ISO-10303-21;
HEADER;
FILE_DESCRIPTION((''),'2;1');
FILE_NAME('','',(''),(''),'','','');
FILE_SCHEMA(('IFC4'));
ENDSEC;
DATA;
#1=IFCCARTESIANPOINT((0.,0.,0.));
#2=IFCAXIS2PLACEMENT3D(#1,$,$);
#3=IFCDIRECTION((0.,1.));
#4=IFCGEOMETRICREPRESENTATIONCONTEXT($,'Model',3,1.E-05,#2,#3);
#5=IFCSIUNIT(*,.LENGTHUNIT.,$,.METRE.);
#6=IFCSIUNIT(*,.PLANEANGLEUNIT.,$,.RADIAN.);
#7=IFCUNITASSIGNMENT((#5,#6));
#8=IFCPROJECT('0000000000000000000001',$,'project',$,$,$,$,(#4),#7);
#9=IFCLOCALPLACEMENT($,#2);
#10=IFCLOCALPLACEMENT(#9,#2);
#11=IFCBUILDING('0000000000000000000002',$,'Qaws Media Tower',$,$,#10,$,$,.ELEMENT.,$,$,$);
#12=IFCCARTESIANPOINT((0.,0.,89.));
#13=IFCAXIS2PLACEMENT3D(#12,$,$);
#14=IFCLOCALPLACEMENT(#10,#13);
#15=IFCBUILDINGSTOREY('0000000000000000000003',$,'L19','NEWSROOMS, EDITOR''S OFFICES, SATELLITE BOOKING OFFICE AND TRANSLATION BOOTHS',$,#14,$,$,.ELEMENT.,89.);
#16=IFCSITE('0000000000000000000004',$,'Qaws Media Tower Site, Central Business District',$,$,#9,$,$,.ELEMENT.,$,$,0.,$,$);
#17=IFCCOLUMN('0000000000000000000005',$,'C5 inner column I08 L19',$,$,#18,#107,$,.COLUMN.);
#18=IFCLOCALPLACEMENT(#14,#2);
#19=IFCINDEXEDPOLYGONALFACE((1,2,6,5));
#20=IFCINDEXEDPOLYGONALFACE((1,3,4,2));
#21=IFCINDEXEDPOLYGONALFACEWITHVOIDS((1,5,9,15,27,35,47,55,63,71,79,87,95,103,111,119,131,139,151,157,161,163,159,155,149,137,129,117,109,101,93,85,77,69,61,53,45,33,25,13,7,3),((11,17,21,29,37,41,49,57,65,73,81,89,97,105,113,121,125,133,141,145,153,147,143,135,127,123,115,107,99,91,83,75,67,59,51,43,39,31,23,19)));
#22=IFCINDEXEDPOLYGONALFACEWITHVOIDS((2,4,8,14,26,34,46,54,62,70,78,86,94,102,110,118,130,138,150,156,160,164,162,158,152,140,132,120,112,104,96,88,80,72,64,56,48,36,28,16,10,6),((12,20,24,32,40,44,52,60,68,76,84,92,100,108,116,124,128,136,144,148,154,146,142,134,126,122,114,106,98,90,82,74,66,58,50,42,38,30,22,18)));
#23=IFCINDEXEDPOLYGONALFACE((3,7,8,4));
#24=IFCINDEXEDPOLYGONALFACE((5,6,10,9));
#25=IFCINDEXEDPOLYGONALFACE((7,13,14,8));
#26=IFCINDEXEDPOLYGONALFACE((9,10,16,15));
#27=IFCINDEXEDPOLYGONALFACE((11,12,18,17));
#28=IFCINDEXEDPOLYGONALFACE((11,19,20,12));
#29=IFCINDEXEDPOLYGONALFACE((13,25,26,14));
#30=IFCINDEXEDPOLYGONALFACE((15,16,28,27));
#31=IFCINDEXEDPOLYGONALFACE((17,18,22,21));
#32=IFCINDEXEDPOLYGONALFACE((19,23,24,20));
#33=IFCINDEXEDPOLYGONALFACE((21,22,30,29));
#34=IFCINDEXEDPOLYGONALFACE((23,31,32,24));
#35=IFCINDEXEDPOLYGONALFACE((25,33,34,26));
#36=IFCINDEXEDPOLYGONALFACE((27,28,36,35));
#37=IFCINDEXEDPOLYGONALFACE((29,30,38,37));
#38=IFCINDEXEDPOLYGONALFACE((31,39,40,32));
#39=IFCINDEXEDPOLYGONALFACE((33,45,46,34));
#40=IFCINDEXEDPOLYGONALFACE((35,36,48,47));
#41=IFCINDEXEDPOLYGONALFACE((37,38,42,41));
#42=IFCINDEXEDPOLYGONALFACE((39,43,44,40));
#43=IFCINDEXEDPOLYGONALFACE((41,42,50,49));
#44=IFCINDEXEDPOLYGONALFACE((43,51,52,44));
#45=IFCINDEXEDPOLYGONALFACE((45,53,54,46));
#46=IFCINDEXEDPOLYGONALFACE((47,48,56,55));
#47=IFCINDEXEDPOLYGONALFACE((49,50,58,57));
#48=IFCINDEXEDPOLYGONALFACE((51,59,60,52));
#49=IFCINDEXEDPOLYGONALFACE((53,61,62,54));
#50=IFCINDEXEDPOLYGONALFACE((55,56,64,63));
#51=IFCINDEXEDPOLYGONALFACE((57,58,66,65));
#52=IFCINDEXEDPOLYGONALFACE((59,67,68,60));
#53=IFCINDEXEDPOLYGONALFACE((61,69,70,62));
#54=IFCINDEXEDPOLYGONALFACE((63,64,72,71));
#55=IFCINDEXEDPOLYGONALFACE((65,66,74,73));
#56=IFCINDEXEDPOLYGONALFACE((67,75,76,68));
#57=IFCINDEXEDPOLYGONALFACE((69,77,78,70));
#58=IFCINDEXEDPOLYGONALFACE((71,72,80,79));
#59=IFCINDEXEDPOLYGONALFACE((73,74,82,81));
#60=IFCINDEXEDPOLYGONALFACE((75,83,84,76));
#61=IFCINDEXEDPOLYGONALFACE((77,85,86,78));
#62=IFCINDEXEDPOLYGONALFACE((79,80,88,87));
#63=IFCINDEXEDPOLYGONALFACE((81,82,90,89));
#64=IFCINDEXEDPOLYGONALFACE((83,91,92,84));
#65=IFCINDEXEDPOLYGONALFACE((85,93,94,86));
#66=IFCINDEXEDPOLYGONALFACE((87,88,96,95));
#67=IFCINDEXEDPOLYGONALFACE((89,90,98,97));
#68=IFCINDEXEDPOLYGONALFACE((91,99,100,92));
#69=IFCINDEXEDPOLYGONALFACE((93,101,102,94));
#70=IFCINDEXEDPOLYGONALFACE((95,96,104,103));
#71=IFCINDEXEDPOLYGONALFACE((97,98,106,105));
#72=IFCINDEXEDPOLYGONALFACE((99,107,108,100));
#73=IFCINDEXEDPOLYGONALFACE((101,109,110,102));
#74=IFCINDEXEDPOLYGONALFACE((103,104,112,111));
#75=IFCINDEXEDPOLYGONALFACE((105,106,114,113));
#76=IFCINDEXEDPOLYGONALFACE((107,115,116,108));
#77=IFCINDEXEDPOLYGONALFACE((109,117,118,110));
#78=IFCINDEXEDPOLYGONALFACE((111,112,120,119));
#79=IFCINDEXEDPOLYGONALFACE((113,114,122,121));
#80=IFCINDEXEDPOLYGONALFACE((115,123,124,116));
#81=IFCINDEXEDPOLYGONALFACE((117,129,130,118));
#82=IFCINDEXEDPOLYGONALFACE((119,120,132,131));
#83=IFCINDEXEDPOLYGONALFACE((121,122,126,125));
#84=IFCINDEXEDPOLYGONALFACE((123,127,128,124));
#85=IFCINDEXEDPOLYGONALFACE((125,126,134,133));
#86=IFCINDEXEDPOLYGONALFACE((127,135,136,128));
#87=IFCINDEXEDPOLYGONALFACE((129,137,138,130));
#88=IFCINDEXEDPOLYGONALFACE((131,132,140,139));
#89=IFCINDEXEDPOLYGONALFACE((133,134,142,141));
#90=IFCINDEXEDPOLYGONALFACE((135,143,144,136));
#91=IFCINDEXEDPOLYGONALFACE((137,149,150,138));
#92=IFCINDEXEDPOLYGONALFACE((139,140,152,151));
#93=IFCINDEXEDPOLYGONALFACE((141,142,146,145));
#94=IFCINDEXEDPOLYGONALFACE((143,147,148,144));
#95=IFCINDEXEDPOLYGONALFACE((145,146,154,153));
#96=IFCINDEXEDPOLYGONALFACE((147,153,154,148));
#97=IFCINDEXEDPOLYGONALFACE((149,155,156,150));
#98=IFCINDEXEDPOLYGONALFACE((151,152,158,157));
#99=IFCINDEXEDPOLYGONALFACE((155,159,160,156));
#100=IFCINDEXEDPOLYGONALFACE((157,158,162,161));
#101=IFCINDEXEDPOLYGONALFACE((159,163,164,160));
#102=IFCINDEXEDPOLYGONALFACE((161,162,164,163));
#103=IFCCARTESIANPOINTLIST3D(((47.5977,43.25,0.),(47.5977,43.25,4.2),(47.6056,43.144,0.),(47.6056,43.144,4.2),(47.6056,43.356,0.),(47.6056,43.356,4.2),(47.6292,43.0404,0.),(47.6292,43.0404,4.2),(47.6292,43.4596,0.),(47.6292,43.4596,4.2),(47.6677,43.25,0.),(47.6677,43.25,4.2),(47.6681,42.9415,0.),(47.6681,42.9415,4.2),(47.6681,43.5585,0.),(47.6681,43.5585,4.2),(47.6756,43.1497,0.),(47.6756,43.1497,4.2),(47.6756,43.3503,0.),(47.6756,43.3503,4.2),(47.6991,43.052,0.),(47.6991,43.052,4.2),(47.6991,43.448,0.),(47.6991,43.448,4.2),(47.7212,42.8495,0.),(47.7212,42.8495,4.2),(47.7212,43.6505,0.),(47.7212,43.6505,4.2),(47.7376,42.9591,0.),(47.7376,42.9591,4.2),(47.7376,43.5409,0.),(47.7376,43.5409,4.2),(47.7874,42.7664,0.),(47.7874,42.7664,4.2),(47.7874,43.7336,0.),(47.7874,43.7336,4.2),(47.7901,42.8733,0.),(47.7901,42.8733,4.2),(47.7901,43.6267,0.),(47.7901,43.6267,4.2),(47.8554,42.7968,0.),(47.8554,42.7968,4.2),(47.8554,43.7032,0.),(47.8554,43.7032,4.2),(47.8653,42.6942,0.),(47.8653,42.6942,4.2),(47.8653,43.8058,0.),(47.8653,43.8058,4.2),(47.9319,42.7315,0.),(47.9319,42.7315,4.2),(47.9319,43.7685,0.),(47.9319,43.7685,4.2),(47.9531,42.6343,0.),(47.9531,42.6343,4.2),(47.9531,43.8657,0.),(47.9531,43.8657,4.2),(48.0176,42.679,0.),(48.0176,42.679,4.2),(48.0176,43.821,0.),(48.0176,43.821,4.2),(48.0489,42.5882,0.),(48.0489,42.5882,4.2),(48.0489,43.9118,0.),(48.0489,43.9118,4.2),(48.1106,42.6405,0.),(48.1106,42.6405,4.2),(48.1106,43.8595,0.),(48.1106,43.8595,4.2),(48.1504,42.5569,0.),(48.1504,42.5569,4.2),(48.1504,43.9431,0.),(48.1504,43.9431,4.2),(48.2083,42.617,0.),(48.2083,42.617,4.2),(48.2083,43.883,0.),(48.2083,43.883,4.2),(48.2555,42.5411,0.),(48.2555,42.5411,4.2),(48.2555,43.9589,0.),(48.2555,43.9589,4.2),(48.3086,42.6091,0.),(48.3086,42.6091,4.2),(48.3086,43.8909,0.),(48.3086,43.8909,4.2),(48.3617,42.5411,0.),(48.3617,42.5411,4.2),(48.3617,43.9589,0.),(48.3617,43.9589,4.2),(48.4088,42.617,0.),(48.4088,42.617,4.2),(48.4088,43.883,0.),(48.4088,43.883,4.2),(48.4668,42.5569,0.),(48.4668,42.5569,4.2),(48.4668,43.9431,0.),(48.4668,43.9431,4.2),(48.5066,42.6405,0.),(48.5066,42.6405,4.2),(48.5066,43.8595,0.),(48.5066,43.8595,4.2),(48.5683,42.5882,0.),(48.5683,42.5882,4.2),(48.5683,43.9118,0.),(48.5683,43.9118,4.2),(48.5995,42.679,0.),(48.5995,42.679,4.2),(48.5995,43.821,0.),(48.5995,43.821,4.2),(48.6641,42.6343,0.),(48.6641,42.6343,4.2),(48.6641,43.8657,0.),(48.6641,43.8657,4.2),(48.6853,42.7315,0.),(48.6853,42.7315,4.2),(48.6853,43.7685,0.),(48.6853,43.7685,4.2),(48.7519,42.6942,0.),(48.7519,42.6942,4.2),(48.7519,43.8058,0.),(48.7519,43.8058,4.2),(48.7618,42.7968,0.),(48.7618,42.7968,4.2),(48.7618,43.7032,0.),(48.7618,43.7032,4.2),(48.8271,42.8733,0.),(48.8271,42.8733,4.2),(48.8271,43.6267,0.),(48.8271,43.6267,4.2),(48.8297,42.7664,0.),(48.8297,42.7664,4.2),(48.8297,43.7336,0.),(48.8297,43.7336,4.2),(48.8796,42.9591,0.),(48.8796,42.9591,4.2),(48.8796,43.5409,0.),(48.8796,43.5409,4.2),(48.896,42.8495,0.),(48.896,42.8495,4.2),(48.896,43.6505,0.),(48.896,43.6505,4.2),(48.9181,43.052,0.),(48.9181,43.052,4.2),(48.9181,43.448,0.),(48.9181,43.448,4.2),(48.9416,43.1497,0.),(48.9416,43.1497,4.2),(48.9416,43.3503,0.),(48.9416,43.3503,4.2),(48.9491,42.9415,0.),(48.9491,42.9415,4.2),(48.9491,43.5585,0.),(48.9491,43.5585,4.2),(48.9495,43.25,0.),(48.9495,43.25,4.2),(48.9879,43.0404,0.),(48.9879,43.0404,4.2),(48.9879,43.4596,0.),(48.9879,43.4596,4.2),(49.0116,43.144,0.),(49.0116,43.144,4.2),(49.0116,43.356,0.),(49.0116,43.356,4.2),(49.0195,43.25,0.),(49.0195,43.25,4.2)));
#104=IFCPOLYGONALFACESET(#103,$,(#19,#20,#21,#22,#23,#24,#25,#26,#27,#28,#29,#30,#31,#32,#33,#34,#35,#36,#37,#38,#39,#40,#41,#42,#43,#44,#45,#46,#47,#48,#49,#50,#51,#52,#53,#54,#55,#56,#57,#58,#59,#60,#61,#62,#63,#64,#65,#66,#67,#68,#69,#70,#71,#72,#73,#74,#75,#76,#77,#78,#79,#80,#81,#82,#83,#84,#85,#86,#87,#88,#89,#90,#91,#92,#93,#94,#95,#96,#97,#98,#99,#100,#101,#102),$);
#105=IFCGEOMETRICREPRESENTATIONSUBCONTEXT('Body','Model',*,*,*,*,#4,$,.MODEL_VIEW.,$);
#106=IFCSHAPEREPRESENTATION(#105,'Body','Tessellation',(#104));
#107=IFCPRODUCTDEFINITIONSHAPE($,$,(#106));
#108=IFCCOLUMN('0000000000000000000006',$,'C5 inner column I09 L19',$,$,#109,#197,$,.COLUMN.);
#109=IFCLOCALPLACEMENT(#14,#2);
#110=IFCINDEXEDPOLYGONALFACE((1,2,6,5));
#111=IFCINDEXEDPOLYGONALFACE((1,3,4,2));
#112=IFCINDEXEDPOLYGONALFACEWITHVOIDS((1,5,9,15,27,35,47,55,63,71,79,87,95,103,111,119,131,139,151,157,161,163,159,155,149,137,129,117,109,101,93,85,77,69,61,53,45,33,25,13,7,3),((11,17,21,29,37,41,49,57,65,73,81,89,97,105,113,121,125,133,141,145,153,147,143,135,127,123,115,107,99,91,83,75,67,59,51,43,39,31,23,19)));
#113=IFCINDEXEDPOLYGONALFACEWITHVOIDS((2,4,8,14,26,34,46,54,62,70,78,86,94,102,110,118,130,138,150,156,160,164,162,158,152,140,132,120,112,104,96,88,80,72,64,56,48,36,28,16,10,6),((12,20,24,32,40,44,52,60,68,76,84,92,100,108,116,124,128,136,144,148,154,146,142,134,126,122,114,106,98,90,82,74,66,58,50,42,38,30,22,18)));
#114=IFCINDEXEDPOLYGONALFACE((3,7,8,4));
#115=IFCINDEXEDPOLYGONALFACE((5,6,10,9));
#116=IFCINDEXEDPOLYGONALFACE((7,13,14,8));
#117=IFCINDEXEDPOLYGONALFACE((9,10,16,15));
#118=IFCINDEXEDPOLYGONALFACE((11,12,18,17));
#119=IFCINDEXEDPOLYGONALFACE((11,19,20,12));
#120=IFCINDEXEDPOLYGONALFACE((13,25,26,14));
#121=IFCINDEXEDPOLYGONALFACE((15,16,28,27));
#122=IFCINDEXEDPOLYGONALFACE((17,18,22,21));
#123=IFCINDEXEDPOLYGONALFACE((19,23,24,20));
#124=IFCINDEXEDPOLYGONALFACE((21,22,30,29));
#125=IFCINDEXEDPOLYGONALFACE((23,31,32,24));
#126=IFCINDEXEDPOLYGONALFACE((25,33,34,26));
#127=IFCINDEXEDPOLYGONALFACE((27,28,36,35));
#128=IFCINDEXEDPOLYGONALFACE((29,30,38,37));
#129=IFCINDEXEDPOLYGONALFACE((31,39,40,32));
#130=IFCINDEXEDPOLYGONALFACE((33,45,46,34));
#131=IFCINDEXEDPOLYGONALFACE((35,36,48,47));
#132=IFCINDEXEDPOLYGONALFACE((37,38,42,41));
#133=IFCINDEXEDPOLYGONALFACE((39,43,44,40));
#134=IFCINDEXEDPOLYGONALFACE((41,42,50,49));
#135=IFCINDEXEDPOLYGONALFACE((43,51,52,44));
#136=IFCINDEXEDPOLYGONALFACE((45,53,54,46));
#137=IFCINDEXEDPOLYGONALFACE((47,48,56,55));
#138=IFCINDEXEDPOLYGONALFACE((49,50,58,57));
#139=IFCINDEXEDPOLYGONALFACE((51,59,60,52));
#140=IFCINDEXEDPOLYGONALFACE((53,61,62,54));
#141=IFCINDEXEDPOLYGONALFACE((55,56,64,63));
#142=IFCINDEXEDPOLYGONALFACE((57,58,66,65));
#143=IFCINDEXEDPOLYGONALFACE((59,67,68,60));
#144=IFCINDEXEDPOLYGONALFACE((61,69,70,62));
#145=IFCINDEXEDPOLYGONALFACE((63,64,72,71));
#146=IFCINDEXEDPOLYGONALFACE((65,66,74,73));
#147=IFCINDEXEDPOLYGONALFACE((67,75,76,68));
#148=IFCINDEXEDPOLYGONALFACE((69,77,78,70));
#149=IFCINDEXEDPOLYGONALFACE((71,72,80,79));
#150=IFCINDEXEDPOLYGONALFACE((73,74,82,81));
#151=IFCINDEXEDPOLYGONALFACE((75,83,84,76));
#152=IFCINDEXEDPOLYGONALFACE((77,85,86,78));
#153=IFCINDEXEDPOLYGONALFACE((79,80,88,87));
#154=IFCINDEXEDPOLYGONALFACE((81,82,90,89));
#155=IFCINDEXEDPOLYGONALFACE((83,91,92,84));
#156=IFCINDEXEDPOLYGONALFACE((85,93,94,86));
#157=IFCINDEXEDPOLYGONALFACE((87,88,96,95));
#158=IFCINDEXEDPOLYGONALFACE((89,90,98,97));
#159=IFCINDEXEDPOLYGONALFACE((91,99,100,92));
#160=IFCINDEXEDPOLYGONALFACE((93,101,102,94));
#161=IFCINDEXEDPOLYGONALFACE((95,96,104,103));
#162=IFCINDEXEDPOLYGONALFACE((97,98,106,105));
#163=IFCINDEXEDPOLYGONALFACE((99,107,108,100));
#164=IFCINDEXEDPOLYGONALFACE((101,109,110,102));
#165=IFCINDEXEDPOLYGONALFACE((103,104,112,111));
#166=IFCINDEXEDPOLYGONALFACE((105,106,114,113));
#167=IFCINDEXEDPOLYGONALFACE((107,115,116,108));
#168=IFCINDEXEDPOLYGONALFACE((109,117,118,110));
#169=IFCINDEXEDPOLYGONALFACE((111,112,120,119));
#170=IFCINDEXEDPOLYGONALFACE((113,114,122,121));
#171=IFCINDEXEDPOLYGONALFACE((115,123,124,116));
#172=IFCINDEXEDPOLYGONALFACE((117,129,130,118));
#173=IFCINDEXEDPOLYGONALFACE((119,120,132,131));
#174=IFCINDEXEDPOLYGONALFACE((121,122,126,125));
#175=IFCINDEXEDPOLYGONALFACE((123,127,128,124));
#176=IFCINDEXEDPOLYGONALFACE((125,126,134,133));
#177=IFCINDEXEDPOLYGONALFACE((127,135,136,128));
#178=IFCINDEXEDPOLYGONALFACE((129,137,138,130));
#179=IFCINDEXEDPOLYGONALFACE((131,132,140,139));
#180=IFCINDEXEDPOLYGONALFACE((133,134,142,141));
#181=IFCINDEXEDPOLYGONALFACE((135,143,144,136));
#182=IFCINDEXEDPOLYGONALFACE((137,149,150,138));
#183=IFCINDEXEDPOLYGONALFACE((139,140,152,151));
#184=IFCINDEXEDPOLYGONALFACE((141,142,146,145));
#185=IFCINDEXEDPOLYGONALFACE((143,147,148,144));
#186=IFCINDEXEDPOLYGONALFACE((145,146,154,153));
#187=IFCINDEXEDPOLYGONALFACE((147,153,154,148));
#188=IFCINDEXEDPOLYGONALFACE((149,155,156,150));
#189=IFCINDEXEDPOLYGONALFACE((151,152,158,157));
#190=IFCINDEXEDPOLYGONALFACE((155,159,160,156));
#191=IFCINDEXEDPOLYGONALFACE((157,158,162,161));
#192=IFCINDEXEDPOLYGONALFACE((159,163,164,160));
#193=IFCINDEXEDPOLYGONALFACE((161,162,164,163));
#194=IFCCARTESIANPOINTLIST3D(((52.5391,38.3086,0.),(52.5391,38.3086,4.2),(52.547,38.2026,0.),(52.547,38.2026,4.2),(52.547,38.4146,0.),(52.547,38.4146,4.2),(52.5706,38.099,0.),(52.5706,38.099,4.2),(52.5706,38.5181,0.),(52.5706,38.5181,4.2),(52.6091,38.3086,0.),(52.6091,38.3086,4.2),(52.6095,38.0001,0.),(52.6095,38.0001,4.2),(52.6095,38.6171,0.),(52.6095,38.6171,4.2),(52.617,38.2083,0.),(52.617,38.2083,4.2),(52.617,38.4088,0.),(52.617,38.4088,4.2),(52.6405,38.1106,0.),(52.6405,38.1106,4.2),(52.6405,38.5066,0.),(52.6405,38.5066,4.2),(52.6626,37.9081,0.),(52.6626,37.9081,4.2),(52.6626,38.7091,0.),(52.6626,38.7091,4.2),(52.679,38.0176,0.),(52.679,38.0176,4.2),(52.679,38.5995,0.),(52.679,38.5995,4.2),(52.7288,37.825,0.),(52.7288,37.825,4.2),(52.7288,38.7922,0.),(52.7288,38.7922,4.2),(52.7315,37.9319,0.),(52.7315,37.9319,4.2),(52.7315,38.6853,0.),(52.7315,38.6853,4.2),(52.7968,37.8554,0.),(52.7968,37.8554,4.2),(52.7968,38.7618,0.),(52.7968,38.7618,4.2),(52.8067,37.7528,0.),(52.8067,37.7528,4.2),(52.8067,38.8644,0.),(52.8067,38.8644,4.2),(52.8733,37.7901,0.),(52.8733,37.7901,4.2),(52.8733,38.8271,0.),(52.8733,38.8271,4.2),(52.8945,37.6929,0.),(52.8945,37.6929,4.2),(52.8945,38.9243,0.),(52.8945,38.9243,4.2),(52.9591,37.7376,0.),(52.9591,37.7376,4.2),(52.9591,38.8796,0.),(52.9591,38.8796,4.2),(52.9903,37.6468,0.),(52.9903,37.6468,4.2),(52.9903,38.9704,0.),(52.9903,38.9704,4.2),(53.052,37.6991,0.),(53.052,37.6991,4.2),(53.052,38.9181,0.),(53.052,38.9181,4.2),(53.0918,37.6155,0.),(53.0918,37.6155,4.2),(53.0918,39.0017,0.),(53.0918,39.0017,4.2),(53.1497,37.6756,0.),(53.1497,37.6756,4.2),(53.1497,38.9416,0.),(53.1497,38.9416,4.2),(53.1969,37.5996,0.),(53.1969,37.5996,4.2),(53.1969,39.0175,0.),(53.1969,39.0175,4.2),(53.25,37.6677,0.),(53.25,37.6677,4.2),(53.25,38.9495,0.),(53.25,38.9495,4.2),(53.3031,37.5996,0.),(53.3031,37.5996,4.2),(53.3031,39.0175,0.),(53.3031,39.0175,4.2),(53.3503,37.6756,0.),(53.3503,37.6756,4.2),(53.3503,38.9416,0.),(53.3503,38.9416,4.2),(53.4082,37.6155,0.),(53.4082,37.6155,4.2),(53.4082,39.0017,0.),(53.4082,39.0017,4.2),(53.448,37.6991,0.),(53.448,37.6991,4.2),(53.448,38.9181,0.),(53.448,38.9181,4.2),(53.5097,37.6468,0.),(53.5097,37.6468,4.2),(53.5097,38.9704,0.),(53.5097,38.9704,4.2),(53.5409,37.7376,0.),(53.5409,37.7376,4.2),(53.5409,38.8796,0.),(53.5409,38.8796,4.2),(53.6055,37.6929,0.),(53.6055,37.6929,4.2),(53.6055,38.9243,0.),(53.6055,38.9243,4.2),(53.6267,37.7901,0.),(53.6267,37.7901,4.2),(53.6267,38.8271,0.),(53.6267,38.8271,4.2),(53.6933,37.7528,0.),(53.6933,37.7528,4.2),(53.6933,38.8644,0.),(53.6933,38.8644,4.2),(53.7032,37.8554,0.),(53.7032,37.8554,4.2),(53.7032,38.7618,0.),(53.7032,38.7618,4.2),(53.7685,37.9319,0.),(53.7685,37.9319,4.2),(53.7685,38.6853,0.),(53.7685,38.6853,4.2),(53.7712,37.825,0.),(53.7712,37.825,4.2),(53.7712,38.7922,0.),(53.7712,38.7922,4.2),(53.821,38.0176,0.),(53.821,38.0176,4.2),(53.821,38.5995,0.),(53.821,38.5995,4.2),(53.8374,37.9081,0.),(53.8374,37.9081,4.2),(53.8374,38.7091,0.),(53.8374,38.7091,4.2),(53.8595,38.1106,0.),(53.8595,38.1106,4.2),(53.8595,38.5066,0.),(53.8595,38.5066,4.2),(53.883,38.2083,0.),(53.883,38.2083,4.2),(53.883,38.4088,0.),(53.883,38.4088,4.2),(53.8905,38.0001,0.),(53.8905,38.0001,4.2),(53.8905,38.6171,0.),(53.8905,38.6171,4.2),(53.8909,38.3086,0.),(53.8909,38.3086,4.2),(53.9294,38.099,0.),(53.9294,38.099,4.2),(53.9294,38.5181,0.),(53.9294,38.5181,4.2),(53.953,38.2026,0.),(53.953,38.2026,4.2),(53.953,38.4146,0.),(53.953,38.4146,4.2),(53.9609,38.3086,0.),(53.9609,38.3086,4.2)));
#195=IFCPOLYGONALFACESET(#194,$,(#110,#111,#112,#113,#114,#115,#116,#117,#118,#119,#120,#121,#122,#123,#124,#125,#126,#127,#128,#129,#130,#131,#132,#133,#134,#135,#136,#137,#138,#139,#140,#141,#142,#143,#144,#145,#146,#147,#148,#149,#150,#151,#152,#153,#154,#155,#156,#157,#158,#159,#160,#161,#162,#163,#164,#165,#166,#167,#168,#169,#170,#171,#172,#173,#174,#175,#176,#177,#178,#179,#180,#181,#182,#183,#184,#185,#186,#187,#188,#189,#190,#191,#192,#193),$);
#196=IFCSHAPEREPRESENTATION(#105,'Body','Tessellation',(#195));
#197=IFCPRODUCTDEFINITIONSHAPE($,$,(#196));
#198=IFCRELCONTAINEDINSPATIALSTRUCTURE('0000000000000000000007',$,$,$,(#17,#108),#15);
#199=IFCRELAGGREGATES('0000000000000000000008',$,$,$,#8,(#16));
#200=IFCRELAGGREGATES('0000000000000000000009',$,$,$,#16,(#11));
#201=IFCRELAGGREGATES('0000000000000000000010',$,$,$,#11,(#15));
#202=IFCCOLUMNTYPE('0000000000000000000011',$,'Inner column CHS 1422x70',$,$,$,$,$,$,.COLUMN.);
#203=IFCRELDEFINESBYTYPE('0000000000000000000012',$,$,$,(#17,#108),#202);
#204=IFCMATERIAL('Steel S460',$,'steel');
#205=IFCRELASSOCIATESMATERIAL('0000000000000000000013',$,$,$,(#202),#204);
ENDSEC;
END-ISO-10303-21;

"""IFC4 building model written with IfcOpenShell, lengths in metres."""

from ifc_helpers import new_model, si_unit, direction, frame, origin, origin_2d, place, context, subcontext, project, spatial, hollow_circle, extrude, material, material_profile, profile_set, type_object, element, save


model = new_model("IFC4")

# Units and contexts
model_context = context("Model", 3, precision=1e-05, world=origin(), true_north=direction((0.0, 1.0)))
body_context = subcontext(model_context, "Body", "Model", "MODEL_VIEW")
ifc_project = project(units=[si_unit("LENGTHUNIT", "METRE"), si_unit("PLANEANGLEUNIT", "RADIAN")], contexts=[model_context])

# Site, building, storey
site_placement = place(None, origin())
site = spatial("IfcSite", under=ifc_project, at=site_placement, Name="Qaws Media Tower Site, Central Business District", CompositionType="ELEMENT", RefElevation=0.0)
building_placement = place(site_placement, origin())
building = spatial("IfcBuilding", under=site, at=building_placement, Name="Qaws Media Tower", CompositionType="ELEMENT")
storey_placement = place(building_placement, frame((0.0, 0.0, 89.0)))
storey = spatial("IfcBuildingStorey", under=building, at=storey_placement, Name="L19", Description="NEWSROOMS, EDITOR'S OFFICES, SATELLITE BOOKING OFFICE AND TRANSLATION BOOTHS", CompositionType="ELEMENT", Elevation=89.0)

# Columns
ifc_material_1 = material(Name="Steel S460", Category="steel")
ifc_material_profile_1 = material_profile(ifc_material_1, hollow_circle(Radius=0.7109, WallThickness=0.0701, at=origin_2d()), Name="CHS 1422x70")
ifc_profile_set_1 = profile_set([ifc_material_profile_1], Name="Steel S460")
column_type = type_object("IfcColumnType", Name="Inner column CHS 1422x70", PredefinedType="COLUMN", material=ifc_profile_set_1)
for number, where, z_axis, x_axis, name in (
    (1, (48.3086, 43.25, 0.0), (0.0, 0.0, 1.0), (1.0, 0.0, 0.0), "C5 inner column I08 L19"),
    (2, (53.25, 38.3086, 0.0), (0.0, 0.0, 1.0), (1.0, 0.0, 0.0), "C5 inner column I09 L19"),
):
    element("IfcColumn", number, at=place(storey_placement, frame(where, z_axis=z_axis, x_axis=x_axis)), inside=storey, type_object=column_type, Name=name, PredefinedType="COLUMN", context=body_context, shape_type="SweptSolid", body=[
        extrude(hollow_circle(Radius=0.7109, WallThickness=0.0701, at=origin_2d()), origin(), (0.0, 0.0, 1.0), 4.2),
    ])

save(model, "model.ifc")
